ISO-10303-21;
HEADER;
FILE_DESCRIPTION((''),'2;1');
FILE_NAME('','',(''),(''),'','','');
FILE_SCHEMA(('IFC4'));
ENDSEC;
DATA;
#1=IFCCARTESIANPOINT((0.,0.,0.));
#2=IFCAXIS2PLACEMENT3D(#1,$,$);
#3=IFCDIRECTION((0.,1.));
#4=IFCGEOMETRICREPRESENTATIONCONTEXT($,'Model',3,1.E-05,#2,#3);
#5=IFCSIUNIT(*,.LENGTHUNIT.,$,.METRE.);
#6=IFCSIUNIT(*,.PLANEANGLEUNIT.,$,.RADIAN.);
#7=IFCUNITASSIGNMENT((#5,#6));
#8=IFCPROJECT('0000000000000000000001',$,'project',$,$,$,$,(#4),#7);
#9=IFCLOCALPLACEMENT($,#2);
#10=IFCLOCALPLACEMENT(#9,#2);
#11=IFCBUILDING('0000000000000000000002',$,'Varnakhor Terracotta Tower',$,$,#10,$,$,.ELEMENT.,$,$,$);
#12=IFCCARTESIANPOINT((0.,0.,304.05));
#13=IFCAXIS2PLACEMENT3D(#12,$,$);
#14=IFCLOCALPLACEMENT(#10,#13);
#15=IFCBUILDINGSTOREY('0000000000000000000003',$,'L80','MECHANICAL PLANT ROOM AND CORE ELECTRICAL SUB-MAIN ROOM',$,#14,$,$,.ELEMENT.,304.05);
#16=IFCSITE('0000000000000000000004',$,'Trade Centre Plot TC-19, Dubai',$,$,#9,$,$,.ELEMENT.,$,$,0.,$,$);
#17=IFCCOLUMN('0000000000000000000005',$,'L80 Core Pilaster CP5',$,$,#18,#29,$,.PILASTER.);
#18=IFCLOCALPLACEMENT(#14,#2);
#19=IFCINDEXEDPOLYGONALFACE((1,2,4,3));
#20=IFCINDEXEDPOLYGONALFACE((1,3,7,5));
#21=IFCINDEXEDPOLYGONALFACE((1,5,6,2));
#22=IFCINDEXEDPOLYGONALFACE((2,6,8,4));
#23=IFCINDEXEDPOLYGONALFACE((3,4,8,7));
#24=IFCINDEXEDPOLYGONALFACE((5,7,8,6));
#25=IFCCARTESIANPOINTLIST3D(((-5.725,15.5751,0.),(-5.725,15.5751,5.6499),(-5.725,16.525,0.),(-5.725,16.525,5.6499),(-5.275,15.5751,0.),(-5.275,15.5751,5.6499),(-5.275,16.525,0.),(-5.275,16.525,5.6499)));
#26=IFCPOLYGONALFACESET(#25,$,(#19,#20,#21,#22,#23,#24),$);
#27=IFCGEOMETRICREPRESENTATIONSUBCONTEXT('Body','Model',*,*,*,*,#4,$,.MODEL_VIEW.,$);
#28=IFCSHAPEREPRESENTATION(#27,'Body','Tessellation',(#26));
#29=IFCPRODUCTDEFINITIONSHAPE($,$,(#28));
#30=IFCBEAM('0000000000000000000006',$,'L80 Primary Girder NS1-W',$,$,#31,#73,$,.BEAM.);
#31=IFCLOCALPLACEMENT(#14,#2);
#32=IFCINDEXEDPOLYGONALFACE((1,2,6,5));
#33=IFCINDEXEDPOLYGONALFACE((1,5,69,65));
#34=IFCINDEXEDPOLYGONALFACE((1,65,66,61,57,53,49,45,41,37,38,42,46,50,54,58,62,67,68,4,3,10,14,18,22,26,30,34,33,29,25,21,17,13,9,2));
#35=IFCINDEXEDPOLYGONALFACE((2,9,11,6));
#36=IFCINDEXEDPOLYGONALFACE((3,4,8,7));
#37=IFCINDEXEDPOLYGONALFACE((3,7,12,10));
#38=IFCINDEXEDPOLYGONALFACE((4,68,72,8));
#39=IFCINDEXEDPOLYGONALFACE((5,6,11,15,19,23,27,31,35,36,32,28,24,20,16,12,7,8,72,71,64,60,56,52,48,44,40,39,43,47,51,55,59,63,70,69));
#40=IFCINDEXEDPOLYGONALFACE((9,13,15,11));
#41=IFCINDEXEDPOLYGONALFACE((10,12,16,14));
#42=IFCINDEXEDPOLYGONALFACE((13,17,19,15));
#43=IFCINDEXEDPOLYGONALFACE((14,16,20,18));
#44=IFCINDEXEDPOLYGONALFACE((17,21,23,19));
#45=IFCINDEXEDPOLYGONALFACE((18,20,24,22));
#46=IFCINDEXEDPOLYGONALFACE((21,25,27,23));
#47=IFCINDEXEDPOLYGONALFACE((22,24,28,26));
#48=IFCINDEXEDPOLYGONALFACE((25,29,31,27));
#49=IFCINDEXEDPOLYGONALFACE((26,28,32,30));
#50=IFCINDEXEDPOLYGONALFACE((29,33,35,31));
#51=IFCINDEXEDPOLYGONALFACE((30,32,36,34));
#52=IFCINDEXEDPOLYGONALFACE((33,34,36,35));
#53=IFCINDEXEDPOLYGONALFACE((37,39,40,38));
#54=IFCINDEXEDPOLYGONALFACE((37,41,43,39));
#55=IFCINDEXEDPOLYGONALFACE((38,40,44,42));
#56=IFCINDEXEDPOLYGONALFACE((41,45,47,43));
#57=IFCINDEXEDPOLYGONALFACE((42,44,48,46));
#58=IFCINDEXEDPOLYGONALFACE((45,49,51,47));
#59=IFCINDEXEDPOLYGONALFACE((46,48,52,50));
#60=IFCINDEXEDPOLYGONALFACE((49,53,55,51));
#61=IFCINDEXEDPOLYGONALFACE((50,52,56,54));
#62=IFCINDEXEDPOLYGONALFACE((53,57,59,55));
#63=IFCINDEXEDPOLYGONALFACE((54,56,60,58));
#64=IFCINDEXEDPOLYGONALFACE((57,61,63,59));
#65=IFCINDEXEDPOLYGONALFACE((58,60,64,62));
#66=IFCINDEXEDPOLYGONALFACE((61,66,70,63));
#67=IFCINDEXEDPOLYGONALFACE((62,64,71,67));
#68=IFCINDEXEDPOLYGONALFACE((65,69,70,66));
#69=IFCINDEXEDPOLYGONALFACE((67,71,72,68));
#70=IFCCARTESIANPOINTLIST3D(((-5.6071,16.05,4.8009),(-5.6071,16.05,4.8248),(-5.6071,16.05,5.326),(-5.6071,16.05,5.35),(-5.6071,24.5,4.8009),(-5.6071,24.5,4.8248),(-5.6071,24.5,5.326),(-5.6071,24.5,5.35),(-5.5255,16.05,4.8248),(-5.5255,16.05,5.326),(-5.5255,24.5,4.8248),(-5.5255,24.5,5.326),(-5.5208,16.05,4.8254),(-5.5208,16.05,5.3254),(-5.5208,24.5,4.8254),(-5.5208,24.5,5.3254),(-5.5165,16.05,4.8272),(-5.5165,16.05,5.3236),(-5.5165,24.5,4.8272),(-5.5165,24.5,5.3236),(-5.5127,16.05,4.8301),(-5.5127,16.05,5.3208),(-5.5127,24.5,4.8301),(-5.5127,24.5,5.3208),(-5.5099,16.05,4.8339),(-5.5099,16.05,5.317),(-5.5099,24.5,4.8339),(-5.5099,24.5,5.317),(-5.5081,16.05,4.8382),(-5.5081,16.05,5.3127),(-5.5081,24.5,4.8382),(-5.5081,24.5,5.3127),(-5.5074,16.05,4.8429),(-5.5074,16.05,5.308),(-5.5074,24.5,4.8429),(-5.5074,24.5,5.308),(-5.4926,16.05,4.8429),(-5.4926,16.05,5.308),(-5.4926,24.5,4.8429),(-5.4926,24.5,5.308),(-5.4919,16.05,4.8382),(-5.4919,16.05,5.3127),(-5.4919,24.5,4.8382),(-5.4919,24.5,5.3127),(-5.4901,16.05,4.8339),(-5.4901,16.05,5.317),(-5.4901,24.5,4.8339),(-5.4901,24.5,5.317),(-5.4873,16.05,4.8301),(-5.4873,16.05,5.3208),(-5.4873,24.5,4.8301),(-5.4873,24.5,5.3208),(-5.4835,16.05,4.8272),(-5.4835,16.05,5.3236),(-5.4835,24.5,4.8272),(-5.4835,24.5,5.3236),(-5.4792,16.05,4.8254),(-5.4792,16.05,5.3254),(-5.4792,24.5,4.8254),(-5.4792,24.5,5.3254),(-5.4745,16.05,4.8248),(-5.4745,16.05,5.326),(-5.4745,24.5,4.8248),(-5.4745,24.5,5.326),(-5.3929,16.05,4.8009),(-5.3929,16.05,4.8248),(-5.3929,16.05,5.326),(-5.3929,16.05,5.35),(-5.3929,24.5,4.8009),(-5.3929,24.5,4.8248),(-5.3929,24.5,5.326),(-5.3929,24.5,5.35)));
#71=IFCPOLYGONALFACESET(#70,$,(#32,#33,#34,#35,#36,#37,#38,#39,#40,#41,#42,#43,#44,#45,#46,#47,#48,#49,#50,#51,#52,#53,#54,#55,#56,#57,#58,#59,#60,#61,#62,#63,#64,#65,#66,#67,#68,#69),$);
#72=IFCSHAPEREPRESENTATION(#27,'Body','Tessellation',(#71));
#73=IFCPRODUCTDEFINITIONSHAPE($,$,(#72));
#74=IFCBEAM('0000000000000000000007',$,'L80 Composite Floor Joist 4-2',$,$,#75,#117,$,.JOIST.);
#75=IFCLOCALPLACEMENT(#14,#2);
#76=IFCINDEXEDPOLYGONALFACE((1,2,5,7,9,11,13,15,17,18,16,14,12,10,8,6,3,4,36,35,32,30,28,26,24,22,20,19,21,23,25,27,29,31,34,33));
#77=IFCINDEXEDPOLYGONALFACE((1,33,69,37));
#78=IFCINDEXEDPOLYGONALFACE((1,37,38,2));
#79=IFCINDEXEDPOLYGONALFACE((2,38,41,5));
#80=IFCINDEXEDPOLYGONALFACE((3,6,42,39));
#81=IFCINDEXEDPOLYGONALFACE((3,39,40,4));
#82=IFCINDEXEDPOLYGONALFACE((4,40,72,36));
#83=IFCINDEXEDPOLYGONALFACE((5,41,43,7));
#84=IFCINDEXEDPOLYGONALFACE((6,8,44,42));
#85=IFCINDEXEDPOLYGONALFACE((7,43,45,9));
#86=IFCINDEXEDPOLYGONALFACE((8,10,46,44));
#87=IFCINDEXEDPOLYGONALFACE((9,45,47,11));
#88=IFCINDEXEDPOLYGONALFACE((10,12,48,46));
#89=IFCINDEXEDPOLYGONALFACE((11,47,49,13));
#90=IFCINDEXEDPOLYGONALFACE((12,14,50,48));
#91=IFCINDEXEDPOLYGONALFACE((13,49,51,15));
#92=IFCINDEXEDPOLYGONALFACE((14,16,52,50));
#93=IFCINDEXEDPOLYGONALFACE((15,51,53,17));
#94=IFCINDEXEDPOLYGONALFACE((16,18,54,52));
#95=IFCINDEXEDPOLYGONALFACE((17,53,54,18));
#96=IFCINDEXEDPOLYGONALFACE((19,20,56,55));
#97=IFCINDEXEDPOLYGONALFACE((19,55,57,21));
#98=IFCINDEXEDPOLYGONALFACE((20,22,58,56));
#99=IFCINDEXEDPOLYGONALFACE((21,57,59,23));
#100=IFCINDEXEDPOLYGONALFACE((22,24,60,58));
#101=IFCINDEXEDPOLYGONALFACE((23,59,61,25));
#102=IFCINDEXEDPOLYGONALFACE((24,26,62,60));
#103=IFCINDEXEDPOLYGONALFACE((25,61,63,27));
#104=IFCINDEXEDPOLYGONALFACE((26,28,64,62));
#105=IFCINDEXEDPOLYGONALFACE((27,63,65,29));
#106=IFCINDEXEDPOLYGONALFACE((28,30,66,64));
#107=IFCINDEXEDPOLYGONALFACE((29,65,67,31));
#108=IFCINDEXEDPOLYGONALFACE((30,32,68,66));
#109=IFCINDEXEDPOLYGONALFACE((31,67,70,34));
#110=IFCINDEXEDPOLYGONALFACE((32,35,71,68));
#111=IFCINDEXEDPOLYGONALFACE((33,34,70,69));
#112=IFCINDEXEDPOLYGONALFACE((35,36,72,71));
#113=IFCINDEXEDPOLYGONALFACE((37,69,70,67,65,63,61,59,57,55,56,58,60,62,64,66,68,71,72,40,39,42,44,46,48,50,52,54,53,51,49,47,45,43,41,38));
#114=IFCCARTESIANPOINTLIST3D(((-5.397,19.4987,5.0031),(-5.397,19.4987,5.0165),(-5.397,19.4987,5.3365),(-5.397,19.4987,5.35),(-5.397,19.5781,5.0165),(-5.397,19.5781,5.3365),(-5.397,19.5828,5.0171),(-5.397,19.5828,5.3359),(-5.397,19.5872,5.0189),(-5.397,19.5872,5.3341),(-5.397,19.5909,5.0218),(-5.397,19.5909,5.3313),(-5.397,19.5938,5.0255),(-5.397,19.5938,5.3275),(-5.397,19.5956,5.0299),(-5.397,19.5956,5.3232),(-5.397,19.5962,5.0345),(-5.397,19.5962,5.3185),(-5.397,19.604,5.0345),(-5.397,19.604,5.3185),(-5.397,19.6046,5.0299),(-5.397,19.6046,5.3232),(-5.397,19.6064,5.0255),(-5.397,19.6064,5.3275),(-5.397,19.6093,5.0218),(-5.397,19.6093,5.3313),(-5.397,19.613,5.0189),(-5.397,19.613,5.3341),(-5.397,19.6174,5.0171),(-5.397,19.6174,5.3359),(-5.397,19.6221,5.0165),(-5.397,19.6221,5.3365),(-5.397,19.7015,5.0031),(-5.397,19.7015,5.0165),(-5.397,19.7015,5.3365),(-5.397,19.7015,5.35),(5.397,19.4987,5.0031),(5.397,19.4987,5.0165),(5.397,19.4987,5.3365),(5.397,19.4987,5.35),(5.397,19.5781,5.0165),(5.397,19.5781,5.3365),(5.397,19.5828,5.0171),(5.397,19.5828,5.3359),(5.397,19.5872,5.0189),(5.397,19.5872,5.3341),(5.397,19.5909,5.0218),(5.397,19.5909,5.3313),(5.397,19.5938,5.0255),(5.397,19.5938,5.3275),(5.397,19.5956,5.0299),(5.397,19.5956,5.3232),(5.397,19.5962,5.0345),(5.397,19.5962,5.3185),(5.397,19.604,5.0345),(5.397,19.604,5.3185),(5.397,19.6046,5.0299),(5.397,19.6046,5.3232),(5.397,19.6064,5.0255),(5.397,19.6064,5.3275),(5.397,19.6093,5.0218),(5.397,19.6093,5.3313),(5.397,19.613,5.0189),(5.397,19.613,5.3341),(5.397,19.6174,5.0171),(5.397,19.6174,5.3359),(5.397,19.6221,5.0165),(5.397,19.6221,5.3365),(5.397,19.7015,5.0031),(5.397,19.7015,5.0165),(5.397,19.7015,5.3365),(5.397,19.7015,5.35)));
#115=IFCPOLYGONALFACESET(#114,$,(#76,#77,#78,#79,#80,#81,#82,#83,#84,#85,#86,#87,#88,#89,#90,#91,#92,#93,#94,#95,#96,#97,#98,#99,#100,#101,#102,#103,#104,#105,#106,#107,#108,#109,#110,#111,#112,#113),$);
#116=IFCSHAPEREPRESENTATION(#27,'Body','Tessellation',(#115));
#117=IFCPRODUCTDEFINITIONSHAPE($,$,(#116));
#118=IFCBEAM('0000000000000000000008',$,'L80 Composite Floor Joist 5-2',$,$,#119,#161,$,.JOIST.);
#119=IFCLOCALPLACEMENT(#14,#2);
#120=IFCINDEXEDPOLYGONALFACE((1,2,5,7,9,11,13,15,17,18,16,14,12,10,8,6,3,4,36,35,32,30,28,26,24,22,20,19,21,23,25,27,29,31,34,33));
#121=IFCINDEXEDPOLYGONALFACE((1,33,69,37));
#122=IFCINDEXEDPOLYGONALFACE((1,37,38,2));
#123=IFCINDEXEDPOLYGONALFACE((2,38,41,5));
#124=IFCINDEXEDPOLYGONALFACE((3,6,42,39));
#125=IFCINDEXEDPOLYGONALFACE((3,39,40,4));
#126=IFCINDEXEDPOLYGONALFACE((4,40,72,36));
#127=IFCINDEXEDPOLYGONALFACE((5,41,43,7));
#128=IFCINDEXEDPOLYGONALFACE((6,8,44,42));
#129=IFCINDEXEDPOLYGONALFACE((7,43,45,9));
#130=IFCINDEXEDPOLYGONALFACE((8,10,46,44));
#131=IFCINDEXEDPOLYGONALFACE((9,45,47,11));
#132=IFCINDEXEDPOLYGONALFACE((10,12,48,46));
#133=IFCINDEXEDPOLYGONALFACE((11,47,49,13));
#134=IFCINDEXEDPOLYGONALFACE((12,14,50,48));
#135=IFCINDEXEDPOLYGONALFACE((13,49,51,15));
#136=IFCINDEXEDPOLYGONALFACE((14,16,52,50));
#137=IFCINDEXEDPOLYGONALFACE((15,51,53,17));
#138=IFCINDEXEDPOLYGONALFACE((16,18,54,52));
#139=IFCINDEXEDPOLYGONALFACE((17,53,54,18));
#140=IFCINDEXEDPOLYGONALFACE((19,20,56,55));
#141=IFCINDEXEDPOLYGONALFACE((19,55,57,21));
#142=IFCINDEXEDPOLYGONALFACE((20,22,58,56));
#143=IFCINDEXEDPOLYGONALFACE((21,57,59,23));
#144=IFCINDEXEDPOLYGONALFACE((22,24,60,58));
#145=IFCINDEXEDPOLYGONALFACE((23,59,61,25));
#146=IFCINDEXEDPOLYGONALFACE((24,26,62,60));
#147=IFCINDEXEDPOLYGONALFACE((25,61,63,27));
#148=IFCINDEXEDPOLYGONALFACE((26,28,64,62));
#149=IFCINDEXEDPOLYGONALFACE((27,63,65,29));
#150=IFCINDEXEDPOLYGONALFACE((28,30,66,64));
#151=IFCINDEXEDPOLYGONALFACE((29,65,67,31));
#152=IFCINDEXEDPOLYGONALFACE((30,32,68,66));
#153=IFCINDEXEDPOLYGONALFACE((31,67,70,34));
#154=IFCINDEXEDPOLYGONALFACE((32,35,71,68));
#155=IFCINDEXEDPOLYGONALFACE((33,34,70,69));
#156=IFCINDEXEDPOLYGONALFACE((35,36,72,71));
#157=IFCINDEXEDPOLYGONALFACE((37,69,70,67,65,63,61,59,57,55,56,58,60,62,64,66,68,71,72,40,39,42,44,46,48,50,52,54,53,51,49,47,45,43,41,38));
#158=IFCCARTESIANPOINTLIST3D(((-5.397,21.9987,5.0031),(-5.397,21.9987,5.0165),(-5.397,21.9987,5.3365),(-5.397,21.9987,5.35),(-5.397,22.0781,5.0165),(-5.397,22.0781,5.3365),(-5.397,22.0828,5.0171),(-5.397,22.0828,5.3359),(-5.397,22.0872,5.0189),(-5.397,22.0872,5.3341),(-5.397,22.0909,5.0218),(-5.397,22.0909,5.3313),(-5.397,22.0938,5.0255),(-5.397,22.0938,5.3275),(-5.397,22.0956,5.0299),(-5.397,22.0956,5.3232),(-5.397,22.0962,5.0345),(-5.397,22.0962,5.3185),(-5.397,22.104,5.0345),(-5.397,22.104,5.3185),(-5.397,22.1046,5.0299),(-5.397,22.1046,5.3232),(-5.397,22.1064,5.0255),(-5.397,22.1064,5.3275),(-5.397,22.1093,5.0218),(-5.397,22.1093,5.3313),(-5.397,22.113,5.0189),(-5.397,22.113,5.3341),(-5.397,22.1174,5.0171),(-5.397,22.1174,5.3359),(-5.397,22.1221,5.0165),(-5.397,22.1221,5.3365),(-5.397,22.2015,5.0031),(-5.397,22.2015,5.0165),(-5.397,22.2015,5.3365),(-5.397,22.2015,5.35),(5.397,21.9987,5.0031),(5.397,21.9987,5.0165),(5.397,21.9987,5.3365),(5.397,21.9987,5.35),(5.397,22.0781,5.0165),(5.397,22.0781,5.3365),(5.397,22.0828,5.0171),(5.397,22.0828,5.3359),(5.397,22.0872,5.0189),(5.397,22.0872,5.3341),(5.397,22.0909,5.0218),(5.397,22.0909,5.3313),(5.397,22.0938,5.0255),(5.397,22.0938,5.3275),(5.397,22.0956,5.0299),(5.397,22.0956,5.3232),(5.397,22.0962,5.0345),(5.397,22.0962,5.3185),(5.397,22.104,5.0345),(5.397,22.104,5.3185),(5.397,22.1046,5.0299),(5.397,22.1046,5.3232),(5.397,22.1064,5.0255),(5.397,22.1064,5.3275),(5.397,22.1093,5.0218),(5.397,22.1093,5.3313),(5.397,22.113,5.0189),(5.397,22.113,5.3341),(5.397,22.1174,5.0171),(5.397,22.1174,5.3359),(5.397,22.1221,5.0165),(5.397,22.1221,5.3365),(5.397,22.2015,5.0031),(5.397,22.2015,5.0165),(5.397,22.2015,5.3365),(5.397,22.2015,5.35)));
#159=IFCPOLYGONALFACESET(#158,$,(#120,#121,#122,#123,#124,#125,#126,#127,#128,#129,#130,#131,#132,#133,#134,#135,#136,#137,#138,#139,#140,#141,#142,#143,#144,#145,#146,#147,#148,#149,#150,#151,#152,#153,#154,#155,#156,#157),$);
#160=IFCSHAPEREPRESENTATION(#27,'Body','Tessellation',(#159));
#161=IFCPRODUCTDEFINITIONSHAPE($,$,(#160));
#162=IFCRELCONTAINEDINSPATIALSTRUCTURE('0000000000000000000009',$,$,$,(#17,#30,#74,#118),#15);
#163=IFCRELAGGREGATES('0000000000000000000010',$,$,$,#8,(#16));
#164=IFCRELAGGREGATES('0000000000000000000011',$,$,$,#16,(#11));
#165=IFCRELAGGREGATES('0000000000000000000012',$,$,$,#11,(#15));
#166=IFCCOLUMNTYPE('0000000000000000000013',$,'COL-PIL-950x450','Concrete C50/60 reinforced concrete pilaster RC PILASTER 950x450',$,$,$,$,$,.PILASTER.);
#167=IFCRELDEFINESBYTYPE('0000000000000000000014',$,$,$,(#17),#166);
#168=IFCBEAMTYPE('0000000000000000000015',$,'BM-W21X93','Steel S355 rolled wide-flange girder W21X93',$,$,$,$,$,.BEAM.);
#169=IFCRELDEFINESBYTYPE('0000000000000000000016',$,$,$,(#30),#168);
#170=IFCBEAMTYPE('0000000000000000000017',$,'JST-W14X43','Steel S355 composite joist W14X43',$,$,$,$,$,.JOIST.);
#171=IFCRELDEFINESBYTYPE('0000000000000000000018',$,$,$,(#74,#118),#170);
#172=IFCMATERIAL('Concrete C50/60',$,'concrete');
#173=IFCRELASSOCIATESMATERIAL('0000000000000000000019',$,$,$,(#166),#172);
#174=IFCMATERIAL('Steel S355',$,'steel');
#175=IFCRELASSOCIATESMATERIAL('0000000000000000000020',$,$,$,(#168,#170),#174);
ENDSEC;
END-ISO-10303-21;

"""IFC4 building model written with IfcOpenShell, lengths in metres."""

from ifc_helpers import new_model, si_unit, direction, frame, origin, origin_2d, place, context, subcontext, project, spatial, rectangle, i_section, extrude, source, transform, mapped, material, material_profile, profile_set, type_object, type_shapes, element, save


model = new_model("IFC4")

# Units and contexts
model_context = context("Model", 3, precision=1e-05, world=origin(), true_north=direction((0.0, 1.0)))
body_context = subcontext(model_context, "Body", "Model", "MODEL_VIEW")
ifc_project = project(units=[si_unit("LENGTHUNIT", "METRE"), si_unit("PLANEANGLEUNIT", "RADIAN")], contexts=[model_context])

# Site, building, storey
site_placement = place(None, origin())
site = spatial("IfcSite", under=ifc_project, at=site_placement, Name="Trade Centre Plot TC-19, Dubai", CompositionType="ELEMENT", RefElevation=0.0)
building_placement = place(site_placement, origin())
building = spatial("IfcBuilding", under=site, at=building_placement, Name="Varnakhor Terracotta Tower", CompositionType="ELEMENT")
storey_placement = place(building_placement, frame((0.0, 0.0, 304.05)))
storey = spatial("IfcBuildingStorey", under=building, at=storey_placement, Name="L80", Description="MECHANICAL PLANT ROOM AND CORE ELECTRICAL SUB-MAIN ROOM", CompositionType="ELEMENT", Elevation=304.05)

# Column
ifc_material_1 = material(Name="Concrete C50/60", Category="concrete")
ifc_material_profile_1 = material_profile(ifc_material_1, rectangle(XDim=0.45, YDim=0.95, at=origin_2d()), Name="RC PILASTER 950x450")
ifc_profile_set_1 = profile_set([ifc_material_profile_1], Name="Concrete C50/60")
column_type = type_object("IfcColumnType", Name="COL-PIL-950x450", Description="Concrete C50/60 reinforced concrete pilaster RC PILASTER 950x450", PredefinedType="PILASTER", material=ifc_profile_set_1)
shared_shape_1 = source(origin(), body_context, "Body", "SweptSolid", [
    extrude(rectangle(XDim=0.45, YDim=0.95, at=origin_2d()), origin(), (0.0, 0.0, 1.0), 5.6499),
])
column_placement = place(storey_placement, frame((-5.5, 16.05, 0.0), z_axis=(0.0, 0.0, 1.0), x_axis=(1.0, 0.0, 0.0)))
element("IfcColumn", 1, at=column_placement, inside=storey, type_object=column_type, Name="L80 Core Pilaster CP5", PredefinedType="PILASTER", context=body_context, shape_type="MappedRepresentation", body=[
    mapped(shared_shape_1, transform((0.0, 0.0, 0.0), scale=1.0)),
])

# Beams
ifc_material_2 = material(Name="Steel S355", Category="steel")
ifc_material_profile_2 = material_profile(ifc_material_2, i_section(OverallWidth=0.2141, OverallDepth=0.5491, WebThickness=0.0149, FlangeThickness=0.0239, FilletRadius=0.0181, at=origin_2d()), Name="W21X93")
ifc_profile_set_2 = profile_set([ifc_material_profile_2], Name="Steel S355")
beam_type_1 = type_object("IfcBeamType", Name="BM-W21X93", Description="Steel S355 rolled wide-flange girder W21X93", PredefinedType="BEAM", material=ifc_profile_set_2)
shared_shape_2 = source(origin(), body_context, "Body", "SweptSolid", [
    extrude(i_section(OverallWidth=0.2141, OverallDepth=0.5491, WebThickness=0.0149, FlangeThickness=0.0239, FilletRadius=0.0181, at=origin_2d()), origin(), (0.0, 0.0, 1.0), 8.45),
])
type_shapes(beam_type_1, [shared_shape_2])
beam_1_placement = place(storey_placement, frame((-5.5, 16.05, 5.0754), z_axis=(0.0, 1.0, 0.0), x_axis=(-1.0, 0.0, 0.0)))
element("IfcBeam", 2, at=beam_1_placement, inside=storey, type_object=beam_type_1, Name="L80 Primary Girder NS1-W", PredefinedType="BEAM", context=body_context, shape_type="MappedRepresentation", body=[
    mapped(shared_shape_2, transform((0.0, 0.0, 0.0), scale=1.0)),
])
ifc_material_profile_3 = material_profile(ifc_material_2, i_section(OverallWidth=0.2029, OverallDepth=0.3469, WebThickness=0.0078, FlangeThickness=0.0134, FilletRadius=0.0181, at=origin_2d()), Name="W14X43")
ifc_profile_set_3 = profile_set([ifc_material_profile_3], Name="Steel S355")
beam_type_2 = type_object("IfcBeamType", Name="JST-W14X43", Description="Steel S355 composite joist W14X43", PredefinedType="JOIST", material=ifc_profile_set_3)
shared_shape_3 = source(origin(), body_context, "Body", "SweptSolid", [
    extrude(i_section(OverallWidth=0.2029, OverallDepth=0.3469, WebThickness=0.0078, FlangeThickness=0.0134, FilletRadius=0.0181, at=origin_2d()), origin(), (0.0, 0.0, 1.0), 10.7939),
])
for number, where, z_axis, x_axis, name in (
    (3, (-5.397, 19.6001, 5.1765), (1.0, 0.0, 0.0), (0.0, 1.0, 0.0), "L80 Composite Floor Joist 4-2"),
    (4, (-5.397, 22.1001, 5.1765), (1.0, 0.0, 0.0), (0.0, 1.0, 0.0), "L80 Composite Floor Joist 5-2"),
):
    element("IfcBeam", number, at=place(storey_placement, frame(where, z_axis=z_axis, x_axis=x_axis)), inside=storey, type_object=beam_type_2, Name=name, PredefinedType="JOIST", context=body_context, shape_type="MappedRepresentation", body=[
        mapped(shared_shape_3, transform((0.0, 0.0, 0.0), scale=1.0)),
    ])

save(model, "model.ifc")
